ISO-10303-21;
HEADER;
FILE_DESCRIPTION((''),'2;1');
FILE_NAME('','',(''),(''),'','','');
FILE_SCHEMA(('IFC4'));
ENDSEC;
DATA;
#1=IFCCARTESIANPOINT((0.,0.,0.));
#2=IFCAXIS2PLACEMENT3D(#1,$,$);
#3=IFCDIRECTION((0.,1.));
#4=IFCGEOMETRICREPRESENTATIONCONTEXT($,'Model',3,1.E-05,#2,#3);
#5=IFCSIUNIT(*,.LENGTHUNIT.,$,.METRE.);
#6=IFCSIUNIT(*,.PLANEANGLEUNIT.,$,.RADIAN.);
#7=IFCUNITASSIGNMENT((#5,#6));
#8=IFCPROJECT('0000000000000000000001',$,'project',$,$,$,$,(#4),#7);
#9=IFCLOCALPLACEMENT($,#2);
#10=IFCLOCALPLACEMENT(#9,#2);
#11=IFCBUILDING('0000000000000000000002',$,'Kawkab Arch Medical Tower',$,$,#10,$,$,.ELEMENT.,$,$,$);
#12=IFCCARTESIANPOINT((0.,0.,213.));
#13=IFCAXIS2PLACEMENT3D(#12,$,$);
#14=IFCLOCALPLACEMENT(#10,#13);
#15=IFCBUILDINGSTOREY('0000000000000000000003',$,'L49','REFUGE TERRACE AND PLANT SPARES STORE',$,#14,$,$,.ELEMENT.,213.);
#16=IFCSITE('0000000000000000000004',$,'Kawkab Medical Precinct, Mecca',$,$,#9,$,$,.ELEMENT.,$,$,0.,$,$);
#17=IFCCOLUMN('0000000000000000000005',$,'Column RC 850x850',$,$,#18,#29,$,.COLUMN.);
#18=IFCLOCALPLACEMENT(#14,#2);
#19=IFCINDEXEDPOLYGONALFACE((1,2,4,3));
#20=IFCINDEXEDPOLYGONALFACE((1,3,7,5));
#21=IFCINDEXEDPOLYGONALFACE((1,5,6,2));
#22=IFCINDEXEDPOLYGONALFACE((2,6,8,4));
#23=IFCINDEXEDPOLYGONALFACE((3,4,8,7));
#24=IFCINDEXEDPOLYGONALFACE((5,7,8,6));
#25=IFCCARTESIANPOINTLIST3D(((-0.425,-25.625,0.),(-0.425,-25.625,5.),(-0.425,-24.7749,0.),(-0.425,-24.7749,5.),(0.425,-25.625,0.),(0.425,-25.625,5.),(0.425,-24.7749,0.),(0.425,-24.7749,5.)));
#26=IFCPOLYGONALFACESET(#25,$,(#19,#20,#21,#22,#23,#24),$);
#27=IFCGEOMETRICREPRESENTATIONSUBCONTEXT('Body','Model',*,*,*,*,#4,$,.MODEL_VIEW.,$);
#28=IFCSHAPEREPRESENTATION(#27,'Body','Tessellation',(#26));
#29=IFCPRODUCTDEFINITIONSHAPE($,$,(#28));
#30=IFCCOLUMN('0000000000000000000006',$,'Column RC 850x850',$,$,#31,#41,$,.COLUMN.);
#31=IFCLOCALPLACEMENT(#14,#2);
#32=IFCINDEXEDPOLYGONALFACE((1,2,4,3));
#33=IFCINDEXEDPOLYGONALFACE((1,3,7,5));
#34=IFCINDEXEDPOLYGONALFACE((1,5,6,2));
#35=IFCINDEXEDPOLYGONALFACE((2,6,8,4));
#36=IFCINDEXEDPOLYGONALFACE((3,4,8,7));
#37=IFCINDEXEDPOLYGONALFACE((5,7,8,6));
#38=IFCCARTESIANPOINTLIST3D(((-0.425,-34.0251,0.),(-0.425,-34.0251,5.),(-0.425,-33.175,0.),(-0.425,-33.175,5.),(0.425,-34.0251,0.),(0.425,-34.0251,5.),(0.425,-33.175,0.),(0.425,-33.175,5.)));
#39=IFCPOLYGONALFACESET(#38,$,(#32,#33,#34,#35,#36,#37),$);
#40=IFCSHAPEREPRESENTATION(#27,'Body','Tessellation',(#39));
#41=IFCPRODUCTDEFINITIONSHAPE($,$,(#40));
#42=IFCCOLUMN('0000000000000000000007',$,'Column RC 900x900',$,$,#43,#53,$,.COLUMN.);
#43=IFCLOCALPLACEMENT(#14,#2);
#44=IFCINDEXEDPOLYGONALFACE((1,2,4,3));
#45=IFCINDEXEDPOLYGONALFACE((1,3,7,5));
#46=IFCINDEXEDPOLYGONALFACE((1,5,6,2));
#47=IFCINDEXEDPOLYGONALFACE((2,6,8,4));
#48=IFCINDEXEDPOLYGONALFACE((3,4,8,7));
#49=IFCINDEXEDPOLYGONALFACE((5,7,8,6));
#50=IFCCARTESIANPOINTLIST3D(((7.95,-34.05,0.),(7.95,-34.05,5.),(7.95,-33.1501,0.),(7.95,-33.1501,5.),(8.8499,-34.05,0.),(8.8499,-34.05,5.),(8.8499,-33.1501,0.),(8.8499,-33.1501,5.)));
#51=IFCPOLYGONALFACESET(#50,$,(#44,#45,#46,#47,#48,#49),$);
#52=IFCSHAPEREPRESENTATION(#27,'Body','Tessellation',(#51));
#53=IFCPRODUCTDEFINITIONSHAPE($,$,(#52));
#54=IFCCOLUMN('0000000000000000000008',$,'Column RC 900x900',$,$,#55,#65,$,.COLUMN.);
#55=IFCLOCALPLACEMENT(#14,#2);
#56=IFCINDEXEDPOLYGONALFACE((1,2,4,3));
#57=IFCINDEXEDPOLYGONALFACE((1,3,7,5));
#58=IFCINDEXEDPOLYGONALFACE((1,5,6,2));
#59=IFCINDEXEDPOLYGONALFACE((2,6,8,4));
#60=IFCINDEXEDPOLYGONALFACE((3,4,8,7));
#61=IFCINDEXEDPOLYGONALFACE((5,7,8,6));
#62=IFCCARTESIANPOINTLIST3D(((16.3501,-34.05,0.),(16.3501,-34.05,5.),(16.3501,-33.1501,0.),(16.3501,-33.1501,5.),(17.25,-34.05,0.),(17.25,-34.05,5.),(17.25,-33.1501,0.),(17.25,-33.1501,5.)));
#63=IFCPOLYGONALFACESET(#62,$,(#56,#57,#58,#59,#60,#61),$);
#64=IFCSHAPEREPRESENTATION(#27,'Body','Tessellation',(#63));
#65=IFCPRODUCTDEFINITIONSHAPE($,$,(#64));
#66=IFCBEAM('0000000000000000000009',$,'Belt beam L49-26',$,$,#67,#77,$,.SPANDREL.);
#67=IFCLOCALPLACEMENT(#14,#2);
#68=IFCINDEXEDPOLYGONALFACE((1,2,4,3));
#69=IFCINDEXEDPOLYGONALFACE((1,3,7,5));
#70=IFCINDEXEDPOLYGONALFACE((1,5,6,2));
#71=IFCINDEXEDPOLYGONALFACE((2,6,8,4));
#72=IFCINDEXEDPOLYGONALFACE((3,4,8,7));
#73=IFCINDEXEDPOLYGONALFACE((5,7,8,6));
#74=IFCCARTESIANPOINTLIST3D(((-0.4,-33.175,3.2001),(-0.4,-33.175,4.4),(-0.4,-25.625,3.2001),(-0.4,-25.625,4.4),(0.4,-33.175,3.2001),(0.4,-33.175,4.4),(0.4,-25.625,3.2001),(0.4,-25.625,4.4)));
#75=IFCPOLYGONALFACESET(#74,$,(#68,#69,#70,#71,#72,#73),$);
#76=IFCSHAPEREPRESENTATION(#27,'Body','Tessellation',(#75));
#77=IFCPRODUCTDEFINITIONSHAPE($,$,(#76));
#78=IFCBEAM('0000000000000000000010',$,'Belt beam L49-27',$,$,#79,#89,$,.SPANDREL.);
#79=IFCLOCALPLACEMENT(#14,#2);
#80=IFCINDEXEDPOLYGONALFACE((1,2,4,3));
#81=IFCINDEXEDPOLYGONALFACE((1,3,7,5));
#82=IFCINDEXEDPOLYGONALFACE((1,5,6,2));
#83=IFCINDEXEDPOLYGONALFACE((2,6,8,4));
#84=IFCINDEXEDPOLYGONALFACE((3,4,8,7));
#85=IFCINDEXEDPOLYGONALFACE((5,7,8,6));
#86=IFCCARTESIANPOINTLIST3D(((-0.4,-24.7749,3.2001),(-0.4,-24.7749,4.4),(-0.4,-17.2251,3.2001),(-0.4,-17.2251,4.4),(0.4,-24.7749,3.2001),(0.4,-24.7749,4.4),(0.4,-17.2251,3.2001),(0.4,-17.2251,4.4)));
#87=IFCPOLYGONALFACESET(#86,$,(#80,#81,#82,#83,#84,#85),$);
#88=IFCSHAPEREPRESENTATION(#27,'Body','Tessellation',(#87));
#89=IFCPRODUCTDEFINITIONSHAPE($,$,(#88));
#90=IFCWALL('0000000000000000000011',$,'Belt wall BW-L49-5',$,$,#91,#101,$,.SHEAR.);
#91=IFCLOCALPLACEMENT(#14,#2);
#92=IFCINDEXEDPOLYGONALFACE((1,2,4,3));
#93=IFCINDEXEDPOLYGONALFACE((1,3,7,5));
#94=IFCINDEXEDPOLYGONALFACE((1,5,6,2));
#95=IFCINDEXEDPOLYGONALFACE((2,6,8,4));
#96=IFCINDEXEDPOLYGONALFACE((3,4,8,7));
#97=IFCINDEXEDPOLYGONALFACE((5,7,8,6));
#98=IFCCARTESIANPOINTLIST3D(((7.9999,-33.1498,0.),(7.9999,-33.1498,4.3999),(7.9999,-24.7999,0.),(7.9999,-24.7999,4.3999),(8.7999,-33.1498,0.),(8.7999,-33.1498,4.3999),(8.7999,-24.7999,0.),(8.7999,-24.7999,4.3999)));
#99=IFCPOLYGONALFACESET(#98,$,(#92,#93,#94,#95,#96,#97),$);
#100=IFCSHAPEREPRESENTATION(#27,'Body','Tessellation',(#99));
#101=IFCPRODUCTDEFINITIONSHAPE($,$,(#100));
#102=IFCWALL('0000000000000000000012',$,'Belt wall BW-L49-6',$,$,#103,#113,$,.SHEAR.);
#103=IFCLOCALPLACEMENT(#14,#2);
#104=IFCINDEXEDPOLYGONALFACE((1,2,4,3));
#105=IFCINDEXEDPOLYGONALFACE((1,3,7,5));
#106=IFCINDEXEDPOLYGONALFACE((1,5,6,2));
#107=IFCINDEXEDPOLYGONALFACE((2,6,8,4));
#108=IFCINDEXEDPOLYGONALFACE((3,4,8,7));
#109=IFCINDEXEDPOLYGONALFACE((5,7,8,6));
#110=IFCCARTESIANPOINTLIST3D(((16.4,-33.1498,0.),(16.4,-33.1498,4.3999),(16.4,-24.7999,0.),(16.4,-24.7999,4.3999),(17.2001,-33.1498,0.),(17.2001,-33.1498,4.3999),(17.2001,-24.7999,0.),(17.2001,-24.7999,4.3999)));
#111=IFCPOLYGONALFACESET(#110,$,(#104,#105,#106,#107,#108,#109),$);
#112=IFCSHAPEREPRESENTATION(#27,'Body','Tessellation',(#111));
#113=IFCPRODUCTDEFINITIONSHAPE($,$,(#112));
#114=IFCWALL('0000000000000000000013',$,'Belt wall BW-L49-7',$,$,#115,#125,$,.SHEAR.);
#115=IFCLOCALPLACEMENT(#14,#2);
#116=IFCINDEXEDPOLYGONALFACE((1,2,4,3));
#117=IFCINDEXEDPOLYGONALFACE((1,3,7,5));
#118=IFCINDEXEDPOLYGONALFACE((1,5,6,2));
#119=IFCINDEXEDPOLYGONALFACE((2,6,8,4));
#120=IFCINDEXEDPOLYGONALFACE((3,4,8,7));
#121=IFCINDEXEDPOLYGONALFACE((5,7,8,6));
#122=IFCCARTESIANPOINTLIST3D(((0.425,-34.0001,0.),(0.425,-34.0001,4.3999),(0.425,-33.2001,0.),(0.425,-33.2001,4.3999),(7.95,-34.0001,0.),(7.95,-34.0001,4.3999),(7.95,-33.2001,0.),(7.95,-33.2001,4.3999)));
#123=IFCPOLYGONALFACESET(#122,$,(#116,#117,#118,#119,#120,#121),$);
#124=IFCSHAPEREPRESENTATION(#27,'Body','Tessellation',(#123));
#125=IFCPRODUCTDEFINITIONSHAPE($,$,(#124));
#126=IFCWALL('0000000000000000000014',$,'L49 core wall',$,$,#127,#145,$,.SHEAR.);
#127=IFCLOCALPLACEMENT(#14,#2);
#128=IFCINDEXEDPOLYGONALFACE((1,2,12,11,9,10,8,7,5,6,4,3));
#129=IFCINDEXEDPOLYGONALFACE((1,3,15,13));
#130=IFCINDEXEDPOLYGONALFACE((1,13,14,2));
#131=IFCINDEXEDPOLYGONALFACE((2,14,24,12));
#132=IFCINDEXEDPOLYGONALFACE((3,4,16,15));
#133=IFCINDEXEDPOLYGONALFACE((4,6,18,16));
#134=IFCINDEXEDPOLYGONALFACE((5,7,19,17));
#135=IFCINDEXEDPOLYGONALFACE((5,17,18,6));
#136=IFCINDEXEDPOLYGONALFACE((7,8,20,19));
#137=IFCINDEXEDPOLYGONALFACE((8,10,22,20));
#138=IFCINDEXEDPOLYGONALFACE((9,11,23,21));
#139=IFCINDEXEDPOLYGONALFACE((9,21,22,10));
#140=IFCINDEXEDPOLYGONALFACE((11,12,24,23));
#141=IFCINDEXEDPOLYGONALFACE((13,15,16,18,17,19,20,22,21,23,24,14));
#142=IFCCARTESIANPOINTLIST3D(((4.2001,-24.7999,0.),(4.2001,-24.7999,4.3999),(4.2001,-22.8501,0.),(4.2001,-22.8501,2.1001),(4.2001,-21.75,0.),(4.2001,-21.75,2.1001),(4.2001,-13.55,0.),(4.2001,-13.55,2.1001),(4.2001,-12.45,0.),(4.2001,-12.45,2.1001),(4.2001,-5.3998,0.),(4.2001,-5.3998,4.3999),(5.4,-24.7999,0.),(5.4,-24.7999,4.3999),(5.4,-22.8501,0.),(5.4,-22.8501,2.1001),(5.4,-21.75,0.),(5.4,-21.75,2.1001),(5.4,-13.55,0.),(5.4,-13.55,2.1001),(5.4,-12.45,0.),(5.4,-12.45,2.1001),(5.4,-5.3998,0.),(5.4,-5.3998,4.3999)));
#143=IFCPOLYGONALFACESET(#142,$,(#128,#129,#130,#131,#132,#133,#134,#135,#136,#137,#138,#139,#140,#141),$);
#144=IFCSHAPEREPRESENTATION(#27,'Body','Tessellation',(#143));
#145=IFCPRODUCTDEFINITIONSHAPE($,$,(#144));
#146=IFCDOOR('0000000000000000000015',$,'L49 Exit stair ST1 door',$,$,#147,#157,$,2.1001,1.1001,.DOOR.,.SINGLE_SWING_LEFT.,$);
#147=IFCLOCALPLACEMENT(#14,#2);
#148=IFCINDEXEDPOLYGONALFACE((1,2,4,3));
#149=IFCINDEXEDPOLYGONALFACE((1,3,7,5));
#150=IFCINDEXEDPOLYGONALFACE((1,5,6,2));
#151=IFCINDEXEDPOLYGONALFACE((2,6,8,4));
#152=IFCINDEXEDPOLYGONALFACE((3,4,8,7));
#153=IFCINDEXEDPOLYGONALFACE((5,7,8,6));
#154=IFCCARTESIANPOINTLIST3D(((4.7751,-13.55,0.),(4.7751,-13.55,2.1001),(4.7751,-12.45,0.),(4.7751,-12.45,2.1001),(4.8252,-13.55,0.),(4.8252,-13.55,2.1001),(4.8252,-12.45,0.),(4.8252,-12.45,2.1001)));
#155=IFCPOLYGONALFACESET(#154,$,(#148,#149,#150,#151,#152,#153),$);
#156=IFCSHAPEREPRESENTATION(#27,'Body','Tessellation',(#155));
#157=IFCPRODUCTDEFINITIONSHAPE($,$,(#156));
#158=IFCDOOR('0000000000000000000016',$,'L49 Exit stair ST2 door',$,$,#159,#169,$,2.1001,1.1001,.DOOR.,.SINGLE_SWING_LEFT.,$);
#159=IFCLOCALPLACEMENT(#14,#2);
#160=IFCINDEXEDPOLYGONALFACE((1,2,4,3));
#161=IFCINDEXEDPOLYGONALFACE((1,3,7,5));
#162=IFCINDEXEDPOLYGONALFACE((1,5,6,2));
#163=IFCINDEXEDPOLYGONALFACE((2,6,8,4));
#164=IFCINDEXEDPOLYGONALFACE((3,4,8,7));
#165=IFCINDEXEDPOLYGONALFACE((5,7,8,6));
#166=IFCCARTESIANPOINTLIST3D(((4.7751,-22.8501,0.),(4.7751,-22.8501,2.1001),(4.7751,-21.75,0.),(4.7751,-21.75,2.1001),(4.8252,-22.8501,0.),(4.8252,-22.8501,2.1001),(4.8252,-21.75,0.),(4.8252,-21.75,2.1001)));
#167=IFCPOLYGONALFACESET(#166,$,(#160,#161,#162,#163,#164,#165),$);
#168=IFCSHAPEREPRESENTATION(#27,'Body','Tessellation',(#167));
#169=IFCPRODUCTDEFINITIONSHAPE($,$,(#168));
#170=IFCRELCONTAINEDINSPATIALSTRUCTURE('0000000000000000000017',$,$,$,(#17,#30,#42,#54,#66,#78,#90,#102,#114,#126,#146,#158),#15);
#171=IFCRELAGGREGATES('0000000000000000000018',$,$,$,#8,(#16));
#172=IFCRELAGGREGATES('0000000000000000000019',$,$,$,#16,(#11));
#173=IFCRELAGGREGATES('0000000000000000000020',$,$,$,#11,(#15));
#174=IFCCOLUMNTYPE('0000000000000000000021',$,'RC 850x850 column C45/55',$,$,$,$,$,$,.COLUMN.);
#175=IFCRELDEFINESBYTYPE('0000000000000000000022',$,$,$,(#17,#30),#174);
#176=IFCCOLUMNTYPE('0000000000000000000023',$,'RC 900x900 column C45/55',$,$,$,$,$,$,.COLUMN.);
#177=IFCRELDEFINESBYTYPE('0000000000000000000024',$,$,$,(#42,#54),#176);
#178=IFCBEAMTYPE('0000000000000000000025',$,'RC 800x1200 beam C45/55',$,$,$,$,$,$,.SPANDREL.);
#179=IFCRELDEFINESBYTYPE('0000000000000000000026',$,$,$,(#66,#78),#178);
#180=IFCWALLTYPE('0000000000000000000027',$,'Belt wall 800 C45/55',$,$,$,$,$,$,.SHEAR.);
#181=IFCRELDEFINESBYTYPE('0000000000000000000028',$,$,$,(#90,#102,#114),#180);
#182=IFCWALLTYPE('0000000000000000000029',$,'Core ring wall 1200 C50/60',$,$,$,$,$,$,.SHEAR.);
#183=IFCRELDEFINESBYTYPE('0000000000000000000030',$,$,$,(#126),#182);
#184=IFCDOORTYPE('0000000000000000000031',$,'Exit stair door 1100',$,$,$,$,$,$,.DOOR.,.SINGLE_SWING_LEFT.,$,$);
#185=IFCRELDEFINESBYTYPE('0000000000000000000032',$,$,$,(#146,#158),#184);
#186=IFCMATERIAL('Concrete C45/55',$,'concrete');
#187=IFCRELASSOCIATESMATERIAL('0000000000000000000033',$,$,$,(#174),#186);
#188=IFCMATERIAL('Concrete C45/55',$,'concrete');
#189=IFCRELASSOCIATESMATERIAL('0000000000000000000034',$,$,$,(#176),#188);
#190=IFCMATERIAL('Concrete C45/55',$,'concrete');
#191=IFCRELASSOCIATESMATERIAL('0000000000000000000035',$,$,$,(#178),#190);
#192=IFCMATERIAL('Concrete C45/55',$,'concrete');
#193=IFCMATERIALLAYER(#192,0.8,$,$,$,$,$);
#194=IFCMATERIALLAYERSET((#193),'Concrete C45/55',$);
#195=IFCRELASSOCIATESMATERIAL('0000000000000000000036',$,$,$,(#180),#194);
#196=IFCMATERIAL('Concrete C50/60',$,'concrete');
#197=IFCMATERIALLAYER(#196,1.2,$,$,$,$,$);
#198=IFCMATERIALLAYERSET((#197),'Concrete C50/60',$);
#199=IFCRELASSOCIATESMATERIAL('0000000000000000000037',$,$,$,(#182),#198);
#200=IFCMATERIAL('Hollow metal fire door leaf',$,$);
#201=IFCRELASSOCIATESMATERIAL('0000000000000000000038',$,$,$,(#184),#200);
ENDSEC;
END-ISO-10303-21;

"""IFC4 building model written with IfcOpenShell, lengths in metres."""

from ifc_helpers import new_model, si_unit, direction, frame, frame_2d, origin, origin_2d, place, context, subcontext, project, spatial, rectangle, extrude, material, layer, layer_set, material_profile, profile_set, type_object, element, fill, save


model = new_model("IFC4")

# Units and contexts
model_context = context("Model", 3, precision=1e-05, world=origin(), true_north=direction((0.0, 1.0)))
body_context = subcontext(model_context, "Body", "Model", "MODEL_VIEW")
ifc_project = project(units=[si_unit("LENGTHUNIT", "METRE"), si_unit("PLANEANGLEUNIT", "RADIAN")], contexts=[model_context])

# Site, building, storey
site_placement = place(None, origin())
site = spatial("IfcSite", under=ifc_project, at=site_placement, Name="Kawkab Medical Precinct, Mecca", CompositionType="ELEMENT", RefElevation=0.0)
building_placement = place(site_placement, origin())
building = spatial("IfcBuilding", under=site, at=building_placement, Name="Kawkab Arch Medical Tower", CompositionType="ELEMENT")
storey_placement = place(building_placement, frame((0.0, 0.0, 213.0)))
storey = spatial("IfcBuildingStorey", under=building, at=storey_placement, Name="L49", Description="REFUGE TERRACE AND PLANT SPARES STORE", CompositionType="ELEMENT", Elevation=213.0)

# Columns
ifc_material_1 = material(Name="Concrete C45/55", Category="concrete")
ifc_material_profile_1 = material_profile(ifc_material_1, rectangle(XDim=0.8501, YDim=0.8501, at=origin_2d()), Name="RC 850x850")
ifc_profile_set_1 = profile_set([ifc_material_profile_1], Name="Concrete C45/55")
column_type_1 = type_object("IfcColumnType", Name="RC 850x850 column C45/55", PredefinedType="COLUMN", material=ifc_profile_set_1)
for number, where, z_axis, x_axis, name in (
    (1, (0.0, -25.2, 0.0), (0.0, 0.0, 1.0), (1.0, 0.0, 0.0), "Column RC 850x850"),
    (2, (0.0, -33.6001, 0.0), (0.0, 0.0, 1.0), (1.0, 0.0, 0.0), "Column RC 850x850"),
):
    element("IfcColumn", number, at=place(storey_placement, frame(where, z_axis=z_axis, x_axis=x_axis)), inside=storey, type_object=column_type_1, Name=name, PredefinedType="COLUMN", context=body_context, shape_type="SweptSolid", body=[
        extrude(rectangle(XDim=0.8501, YDim=0.8501, at=origin_2d()), origin(), (0.0, 0.0, 1.0), 5.0),
    ])
ifc_material_2 = material(Name="Concrete C45/55", Category="concrete")
ifc_material_profile_2 = material_profile(ifc_material_2, rectangle(XDim=0.8999, YDim=0.8999, at=origin_2d()), Name="RC 900x900")
ifc_profile_set_2 = profile_set([ifc_material_profile_2], Name="Concrete C45/55")
column_type_2 = type_object("IfcColumnType", Name="RC 900x900 column C45/55", PredefinedType="COLUMN", material=ifc_profile_set_2)
for number, where, z_axis, x_axis, name in (
    (3, (8.3999, -33.6001, 0.0), (0.0, 0.0, 1.0), (1.0, 0.0, 0.0), "Column RC 900x900"),
    (4, (16.8, -33.6001, 0.0), (0.0, 0.0, 1.0), (1.0, 0.0, 0.0), "Column RC 900x900"),
):
    element("IfcColumn", number, at=place(storey_placement, frame(where, z_axis=z_axis, x_axis=x_axis)), inside=storey, type_object=column_type_2, Name=name, PredefinedType="COLUMN", context=body_context, shape_type="SweptSolid", body=[
        extrude(rectangle(XDim=0.8999, YDim=0.8999, at=origin_2d()), origin(), (0.0, 0.0, 1.0), 5.0),
    ])

# Beams
ifc_material_3 = material(Name="Concrete C45/55", Category="concrete")
ifc_material_profile_3 = material_profile(ifc_material_3, rectangle(XDim=0.8, YDim=1.2, at=origin_2d()), Name="RC 800x1200")
ifc_profile_set_3 = profile_set([ifc_material_profile_3], Name="Concrete C45/55")
beam_type = type_object("IfcBeamType", Name="RC 800x1200 beam C45/55", PredefinedType="SPANDREL", material=ifc_profile_set_3)
beam_1_placement = place(storey_placement, frame((0.0, -33.175, 3.8), z_axis=(0.0, 1.0, 0.0), x_axis=(-1.0, 0.0, 0.0)))
element("IfcBeam", 5, at=beam_1_placement, inside=storey, type_object=beam_type, Name="Belt beam L49-26", PredefinedType="SPANDREL", context=body_context, shape_type="SweptSolid", body=[
    extrude(rectangle(XDim=0.8, YDim=1.2, at=origin_2d()), origin(), (0.0, 0.0, 1.0), 7.55),
])
beam_2_placement = place(storey_placement, frame((0.0, -24.7749, 3.8), z_axis=(0.0, 1.0, 0.0), x_axis=(-1.0, 0.0, 0.0)))
element("IfcBeam", 6, at=beam_2_placement, inside=storey, type_object=beam_type, Name="Belt beam L49-27", PredefinedType="SPANDREL", context=body_context, shape_type="SweptSolid", body=[
    extrude(rectangle(XDim=0.8, YDim=1.2, at=origin_2d()), origin(), (0.0, 0.0, 1.0), 7.5498),
])

# Walls
ifc_material_4 = material(Name="Concrete C45/55", Category="concrete")
ifc_layer_1 = layer(ifc_material_4, 0.8)
ifc_layer_set_1 = layer_set([ifc_layer_1], Name="Concrete C45/55")
wall_type_1 = type_object("IfcWallType", Name="Belt wall 800 C45/55", PredefinedType="SHEAR", material=ifc_layer_set_1)
for number, where, z_axis, x_axis, name in (
    (7, (8.3999, -24.8, 0.0), (0.0, 0.0, 1.0), (0.0, -1.0, 0.0), "Belt wall BW-L49-5"),
    (8, (16.8, -24.8, 0.0), (0.0, 0.0, 1.0), (0.0, -1.0, 0.0), "Belt wall BW-L49-6"),
):
    element("IfcWall", number, at=place(storey_placement, frame(where, z_axis=z_axis, x_axis=x_axis)), inside=storey, type_object=wall_type_1, Name=name, PredefinedType="SHEAR", context=body_context, shape_type="SweptSolid", body=[
        extrude(rectangle(XDim=8.3499, YDim=0.8, at=frame_2d((4.1748, 0.0))), origin(), (0.0, 0.0, 1.0), 4.3999),
    ])
wall_1_placement = place(storey_placement, frame((0.425, -33.6001, 0.0), z_axis=(0.0, 0.0, 1.0), x_axis=(1.0, 0.0, 0.0)))
element("IfcWall", 9, at=wall_1_placement, inside=storey, type_object=wall_type_1, Name="Belt wall BW-L49-7", PredefinedType="SHEAR", context=body_context, shape_type="SweptSolid", body=[
    extrude(rectangle(XDim=7.5249, YDim=0.8, at=frame_2d((3.7625, 0.0))), origin(), (0.0, 0.0, 1.0), 4.3999),
])

# Wall, openings, doors
ifc_material_5 = material(Name="Concrete C50/60", Category="concrete")
ifc_layer_2 = layer(ifc_material_5, 1.2)
ifc_layer_set_2 = layer_set([ifc_layer_2], Name="Concrete C50/60")
wall_type_2 = type_object("IfcWallType", Name="Core ring wall 1200 C50/60", PredefinedType="SHEAR", material=ifc_layer_set_2)
wall_2_placement = place(storey_placement, frame((4.8, -24.8, 0.0), z_axis=(0.0, 0.0, 1.0), x_axis=(0.0, 1.0, 0.0)))
wall_2 = element("IfcWall", 10, at=wall_2_placement, inside=storey, type_object=wall_type_2, Name="L49 core wall", PredefinedType="SHEAR", context=body_context, shape_type="SweptSolid", body=[
    extrude(rectangle(XDim=19.4001, YDim=1.2, at=frame_2d((9.7002, 0.0))), origin(), (0.0, 0.0, 1.0), 4.3999),
])
opening_1_placement = place(wall_2_placement, frame((11.25, 0.0, 0.0)))
opening_1 = element("IfcOpeningElement", 11, at=opening_1_placement, cuts=wall_2, PredefinedType="OPENING", context=body_context, shape_type="SweptSolid", body=[
    extrude(rectangle(XDim=1.1001, YDim=2.1001, at=frame_2d((0.55, 1.05))), frame((0.0, 0.6099, 0.0), z_axis=(0.0, -1.0, 0.0), x_axis=(1.0, 0.0, 0.0)), (0.0, 0.0, 1.0), 1.22),
])
opening_2_placement = place(wall_2_placement, frame((1.95, 0.0, 0.0)))
opening_2 = element("IfcOpeningElement", 12, at=opening_2_placement, cuts=wall_2, PredefinedType="OPENING", context=body_context, shape_type="SweptSolid", body=[
    extrude(rectangle(XDim=1.1001, YDim=2.1001, at=frame_2d((0.55, 1.05))), frame((0.0, 0.6099, 0.0), z_axis=(0.0, -1.0, 0.0), x_axis=(1.0, 0.0, 0.0)), (0.0, 0.0, 1.0), 1.22),
])
ifc_material_6 = material(Name="Hollow metal fire door leaf")
door_type_1 = type_object("IfcDoorType", Name="Exit stair door 1100", OperationType="SINGLE_SWING_LEFT", PredefinedType="DOOR", material=ifc_material_6)
door_1_placement = place(opening_1_placement, origin())
door_1 = element("IfcDoor", 13, at=door_1_placement, inside=storey, type_object=door_type_1, Name="L49 Exit stair ST1 door", OperationType="SINGLE_SWING_LEFT", OverallHeight=2.1001, OverallWidth=1.1001, PredefinedType="DOOR", context=body_context, shape_type="SweptSolid", body=[
    extrude(rectangle(XDim=1.1001, YDim=2.1001, at=frame_2d((0.55, 1.05))), frame((0.0, 0.0249, 0.0), z_axis=(0.0, -1.0, 0.0), x_axis=(1.0, 0.0, 0.0)), (0.0, 0.0, 1.0), 0.05),
])
fill(opening_1, door_1)
door_2_placement = place(opening_2_placement, origin())
door_2 = element("IfcDoor", 14, at=door_2_placement, inside=storey, type_object=door_type_1, Name="L49 Exit stair ST2 door", OperationType="SINGLE_SWING_LEFT", OverallHeight=2.1001, OverallWidth=1.1001, PredefinedType="DOOR", context=body_context, shape_type="SweptSolid", body=[
    extrude(rectangle(XDim=1.1001, YDim=2.1001, at=frame_2d((0.55, 1.05))), frame((0.0, 0.0249, 0.0), z_axis=(0.0, -1.0, 0.0), x_axis=(1.0, 0.0, 0.0)), (0.0, 0.0, 1.0), 0.05),
])
fill(opening_2, door_2)

save(model, "model.ifc")
